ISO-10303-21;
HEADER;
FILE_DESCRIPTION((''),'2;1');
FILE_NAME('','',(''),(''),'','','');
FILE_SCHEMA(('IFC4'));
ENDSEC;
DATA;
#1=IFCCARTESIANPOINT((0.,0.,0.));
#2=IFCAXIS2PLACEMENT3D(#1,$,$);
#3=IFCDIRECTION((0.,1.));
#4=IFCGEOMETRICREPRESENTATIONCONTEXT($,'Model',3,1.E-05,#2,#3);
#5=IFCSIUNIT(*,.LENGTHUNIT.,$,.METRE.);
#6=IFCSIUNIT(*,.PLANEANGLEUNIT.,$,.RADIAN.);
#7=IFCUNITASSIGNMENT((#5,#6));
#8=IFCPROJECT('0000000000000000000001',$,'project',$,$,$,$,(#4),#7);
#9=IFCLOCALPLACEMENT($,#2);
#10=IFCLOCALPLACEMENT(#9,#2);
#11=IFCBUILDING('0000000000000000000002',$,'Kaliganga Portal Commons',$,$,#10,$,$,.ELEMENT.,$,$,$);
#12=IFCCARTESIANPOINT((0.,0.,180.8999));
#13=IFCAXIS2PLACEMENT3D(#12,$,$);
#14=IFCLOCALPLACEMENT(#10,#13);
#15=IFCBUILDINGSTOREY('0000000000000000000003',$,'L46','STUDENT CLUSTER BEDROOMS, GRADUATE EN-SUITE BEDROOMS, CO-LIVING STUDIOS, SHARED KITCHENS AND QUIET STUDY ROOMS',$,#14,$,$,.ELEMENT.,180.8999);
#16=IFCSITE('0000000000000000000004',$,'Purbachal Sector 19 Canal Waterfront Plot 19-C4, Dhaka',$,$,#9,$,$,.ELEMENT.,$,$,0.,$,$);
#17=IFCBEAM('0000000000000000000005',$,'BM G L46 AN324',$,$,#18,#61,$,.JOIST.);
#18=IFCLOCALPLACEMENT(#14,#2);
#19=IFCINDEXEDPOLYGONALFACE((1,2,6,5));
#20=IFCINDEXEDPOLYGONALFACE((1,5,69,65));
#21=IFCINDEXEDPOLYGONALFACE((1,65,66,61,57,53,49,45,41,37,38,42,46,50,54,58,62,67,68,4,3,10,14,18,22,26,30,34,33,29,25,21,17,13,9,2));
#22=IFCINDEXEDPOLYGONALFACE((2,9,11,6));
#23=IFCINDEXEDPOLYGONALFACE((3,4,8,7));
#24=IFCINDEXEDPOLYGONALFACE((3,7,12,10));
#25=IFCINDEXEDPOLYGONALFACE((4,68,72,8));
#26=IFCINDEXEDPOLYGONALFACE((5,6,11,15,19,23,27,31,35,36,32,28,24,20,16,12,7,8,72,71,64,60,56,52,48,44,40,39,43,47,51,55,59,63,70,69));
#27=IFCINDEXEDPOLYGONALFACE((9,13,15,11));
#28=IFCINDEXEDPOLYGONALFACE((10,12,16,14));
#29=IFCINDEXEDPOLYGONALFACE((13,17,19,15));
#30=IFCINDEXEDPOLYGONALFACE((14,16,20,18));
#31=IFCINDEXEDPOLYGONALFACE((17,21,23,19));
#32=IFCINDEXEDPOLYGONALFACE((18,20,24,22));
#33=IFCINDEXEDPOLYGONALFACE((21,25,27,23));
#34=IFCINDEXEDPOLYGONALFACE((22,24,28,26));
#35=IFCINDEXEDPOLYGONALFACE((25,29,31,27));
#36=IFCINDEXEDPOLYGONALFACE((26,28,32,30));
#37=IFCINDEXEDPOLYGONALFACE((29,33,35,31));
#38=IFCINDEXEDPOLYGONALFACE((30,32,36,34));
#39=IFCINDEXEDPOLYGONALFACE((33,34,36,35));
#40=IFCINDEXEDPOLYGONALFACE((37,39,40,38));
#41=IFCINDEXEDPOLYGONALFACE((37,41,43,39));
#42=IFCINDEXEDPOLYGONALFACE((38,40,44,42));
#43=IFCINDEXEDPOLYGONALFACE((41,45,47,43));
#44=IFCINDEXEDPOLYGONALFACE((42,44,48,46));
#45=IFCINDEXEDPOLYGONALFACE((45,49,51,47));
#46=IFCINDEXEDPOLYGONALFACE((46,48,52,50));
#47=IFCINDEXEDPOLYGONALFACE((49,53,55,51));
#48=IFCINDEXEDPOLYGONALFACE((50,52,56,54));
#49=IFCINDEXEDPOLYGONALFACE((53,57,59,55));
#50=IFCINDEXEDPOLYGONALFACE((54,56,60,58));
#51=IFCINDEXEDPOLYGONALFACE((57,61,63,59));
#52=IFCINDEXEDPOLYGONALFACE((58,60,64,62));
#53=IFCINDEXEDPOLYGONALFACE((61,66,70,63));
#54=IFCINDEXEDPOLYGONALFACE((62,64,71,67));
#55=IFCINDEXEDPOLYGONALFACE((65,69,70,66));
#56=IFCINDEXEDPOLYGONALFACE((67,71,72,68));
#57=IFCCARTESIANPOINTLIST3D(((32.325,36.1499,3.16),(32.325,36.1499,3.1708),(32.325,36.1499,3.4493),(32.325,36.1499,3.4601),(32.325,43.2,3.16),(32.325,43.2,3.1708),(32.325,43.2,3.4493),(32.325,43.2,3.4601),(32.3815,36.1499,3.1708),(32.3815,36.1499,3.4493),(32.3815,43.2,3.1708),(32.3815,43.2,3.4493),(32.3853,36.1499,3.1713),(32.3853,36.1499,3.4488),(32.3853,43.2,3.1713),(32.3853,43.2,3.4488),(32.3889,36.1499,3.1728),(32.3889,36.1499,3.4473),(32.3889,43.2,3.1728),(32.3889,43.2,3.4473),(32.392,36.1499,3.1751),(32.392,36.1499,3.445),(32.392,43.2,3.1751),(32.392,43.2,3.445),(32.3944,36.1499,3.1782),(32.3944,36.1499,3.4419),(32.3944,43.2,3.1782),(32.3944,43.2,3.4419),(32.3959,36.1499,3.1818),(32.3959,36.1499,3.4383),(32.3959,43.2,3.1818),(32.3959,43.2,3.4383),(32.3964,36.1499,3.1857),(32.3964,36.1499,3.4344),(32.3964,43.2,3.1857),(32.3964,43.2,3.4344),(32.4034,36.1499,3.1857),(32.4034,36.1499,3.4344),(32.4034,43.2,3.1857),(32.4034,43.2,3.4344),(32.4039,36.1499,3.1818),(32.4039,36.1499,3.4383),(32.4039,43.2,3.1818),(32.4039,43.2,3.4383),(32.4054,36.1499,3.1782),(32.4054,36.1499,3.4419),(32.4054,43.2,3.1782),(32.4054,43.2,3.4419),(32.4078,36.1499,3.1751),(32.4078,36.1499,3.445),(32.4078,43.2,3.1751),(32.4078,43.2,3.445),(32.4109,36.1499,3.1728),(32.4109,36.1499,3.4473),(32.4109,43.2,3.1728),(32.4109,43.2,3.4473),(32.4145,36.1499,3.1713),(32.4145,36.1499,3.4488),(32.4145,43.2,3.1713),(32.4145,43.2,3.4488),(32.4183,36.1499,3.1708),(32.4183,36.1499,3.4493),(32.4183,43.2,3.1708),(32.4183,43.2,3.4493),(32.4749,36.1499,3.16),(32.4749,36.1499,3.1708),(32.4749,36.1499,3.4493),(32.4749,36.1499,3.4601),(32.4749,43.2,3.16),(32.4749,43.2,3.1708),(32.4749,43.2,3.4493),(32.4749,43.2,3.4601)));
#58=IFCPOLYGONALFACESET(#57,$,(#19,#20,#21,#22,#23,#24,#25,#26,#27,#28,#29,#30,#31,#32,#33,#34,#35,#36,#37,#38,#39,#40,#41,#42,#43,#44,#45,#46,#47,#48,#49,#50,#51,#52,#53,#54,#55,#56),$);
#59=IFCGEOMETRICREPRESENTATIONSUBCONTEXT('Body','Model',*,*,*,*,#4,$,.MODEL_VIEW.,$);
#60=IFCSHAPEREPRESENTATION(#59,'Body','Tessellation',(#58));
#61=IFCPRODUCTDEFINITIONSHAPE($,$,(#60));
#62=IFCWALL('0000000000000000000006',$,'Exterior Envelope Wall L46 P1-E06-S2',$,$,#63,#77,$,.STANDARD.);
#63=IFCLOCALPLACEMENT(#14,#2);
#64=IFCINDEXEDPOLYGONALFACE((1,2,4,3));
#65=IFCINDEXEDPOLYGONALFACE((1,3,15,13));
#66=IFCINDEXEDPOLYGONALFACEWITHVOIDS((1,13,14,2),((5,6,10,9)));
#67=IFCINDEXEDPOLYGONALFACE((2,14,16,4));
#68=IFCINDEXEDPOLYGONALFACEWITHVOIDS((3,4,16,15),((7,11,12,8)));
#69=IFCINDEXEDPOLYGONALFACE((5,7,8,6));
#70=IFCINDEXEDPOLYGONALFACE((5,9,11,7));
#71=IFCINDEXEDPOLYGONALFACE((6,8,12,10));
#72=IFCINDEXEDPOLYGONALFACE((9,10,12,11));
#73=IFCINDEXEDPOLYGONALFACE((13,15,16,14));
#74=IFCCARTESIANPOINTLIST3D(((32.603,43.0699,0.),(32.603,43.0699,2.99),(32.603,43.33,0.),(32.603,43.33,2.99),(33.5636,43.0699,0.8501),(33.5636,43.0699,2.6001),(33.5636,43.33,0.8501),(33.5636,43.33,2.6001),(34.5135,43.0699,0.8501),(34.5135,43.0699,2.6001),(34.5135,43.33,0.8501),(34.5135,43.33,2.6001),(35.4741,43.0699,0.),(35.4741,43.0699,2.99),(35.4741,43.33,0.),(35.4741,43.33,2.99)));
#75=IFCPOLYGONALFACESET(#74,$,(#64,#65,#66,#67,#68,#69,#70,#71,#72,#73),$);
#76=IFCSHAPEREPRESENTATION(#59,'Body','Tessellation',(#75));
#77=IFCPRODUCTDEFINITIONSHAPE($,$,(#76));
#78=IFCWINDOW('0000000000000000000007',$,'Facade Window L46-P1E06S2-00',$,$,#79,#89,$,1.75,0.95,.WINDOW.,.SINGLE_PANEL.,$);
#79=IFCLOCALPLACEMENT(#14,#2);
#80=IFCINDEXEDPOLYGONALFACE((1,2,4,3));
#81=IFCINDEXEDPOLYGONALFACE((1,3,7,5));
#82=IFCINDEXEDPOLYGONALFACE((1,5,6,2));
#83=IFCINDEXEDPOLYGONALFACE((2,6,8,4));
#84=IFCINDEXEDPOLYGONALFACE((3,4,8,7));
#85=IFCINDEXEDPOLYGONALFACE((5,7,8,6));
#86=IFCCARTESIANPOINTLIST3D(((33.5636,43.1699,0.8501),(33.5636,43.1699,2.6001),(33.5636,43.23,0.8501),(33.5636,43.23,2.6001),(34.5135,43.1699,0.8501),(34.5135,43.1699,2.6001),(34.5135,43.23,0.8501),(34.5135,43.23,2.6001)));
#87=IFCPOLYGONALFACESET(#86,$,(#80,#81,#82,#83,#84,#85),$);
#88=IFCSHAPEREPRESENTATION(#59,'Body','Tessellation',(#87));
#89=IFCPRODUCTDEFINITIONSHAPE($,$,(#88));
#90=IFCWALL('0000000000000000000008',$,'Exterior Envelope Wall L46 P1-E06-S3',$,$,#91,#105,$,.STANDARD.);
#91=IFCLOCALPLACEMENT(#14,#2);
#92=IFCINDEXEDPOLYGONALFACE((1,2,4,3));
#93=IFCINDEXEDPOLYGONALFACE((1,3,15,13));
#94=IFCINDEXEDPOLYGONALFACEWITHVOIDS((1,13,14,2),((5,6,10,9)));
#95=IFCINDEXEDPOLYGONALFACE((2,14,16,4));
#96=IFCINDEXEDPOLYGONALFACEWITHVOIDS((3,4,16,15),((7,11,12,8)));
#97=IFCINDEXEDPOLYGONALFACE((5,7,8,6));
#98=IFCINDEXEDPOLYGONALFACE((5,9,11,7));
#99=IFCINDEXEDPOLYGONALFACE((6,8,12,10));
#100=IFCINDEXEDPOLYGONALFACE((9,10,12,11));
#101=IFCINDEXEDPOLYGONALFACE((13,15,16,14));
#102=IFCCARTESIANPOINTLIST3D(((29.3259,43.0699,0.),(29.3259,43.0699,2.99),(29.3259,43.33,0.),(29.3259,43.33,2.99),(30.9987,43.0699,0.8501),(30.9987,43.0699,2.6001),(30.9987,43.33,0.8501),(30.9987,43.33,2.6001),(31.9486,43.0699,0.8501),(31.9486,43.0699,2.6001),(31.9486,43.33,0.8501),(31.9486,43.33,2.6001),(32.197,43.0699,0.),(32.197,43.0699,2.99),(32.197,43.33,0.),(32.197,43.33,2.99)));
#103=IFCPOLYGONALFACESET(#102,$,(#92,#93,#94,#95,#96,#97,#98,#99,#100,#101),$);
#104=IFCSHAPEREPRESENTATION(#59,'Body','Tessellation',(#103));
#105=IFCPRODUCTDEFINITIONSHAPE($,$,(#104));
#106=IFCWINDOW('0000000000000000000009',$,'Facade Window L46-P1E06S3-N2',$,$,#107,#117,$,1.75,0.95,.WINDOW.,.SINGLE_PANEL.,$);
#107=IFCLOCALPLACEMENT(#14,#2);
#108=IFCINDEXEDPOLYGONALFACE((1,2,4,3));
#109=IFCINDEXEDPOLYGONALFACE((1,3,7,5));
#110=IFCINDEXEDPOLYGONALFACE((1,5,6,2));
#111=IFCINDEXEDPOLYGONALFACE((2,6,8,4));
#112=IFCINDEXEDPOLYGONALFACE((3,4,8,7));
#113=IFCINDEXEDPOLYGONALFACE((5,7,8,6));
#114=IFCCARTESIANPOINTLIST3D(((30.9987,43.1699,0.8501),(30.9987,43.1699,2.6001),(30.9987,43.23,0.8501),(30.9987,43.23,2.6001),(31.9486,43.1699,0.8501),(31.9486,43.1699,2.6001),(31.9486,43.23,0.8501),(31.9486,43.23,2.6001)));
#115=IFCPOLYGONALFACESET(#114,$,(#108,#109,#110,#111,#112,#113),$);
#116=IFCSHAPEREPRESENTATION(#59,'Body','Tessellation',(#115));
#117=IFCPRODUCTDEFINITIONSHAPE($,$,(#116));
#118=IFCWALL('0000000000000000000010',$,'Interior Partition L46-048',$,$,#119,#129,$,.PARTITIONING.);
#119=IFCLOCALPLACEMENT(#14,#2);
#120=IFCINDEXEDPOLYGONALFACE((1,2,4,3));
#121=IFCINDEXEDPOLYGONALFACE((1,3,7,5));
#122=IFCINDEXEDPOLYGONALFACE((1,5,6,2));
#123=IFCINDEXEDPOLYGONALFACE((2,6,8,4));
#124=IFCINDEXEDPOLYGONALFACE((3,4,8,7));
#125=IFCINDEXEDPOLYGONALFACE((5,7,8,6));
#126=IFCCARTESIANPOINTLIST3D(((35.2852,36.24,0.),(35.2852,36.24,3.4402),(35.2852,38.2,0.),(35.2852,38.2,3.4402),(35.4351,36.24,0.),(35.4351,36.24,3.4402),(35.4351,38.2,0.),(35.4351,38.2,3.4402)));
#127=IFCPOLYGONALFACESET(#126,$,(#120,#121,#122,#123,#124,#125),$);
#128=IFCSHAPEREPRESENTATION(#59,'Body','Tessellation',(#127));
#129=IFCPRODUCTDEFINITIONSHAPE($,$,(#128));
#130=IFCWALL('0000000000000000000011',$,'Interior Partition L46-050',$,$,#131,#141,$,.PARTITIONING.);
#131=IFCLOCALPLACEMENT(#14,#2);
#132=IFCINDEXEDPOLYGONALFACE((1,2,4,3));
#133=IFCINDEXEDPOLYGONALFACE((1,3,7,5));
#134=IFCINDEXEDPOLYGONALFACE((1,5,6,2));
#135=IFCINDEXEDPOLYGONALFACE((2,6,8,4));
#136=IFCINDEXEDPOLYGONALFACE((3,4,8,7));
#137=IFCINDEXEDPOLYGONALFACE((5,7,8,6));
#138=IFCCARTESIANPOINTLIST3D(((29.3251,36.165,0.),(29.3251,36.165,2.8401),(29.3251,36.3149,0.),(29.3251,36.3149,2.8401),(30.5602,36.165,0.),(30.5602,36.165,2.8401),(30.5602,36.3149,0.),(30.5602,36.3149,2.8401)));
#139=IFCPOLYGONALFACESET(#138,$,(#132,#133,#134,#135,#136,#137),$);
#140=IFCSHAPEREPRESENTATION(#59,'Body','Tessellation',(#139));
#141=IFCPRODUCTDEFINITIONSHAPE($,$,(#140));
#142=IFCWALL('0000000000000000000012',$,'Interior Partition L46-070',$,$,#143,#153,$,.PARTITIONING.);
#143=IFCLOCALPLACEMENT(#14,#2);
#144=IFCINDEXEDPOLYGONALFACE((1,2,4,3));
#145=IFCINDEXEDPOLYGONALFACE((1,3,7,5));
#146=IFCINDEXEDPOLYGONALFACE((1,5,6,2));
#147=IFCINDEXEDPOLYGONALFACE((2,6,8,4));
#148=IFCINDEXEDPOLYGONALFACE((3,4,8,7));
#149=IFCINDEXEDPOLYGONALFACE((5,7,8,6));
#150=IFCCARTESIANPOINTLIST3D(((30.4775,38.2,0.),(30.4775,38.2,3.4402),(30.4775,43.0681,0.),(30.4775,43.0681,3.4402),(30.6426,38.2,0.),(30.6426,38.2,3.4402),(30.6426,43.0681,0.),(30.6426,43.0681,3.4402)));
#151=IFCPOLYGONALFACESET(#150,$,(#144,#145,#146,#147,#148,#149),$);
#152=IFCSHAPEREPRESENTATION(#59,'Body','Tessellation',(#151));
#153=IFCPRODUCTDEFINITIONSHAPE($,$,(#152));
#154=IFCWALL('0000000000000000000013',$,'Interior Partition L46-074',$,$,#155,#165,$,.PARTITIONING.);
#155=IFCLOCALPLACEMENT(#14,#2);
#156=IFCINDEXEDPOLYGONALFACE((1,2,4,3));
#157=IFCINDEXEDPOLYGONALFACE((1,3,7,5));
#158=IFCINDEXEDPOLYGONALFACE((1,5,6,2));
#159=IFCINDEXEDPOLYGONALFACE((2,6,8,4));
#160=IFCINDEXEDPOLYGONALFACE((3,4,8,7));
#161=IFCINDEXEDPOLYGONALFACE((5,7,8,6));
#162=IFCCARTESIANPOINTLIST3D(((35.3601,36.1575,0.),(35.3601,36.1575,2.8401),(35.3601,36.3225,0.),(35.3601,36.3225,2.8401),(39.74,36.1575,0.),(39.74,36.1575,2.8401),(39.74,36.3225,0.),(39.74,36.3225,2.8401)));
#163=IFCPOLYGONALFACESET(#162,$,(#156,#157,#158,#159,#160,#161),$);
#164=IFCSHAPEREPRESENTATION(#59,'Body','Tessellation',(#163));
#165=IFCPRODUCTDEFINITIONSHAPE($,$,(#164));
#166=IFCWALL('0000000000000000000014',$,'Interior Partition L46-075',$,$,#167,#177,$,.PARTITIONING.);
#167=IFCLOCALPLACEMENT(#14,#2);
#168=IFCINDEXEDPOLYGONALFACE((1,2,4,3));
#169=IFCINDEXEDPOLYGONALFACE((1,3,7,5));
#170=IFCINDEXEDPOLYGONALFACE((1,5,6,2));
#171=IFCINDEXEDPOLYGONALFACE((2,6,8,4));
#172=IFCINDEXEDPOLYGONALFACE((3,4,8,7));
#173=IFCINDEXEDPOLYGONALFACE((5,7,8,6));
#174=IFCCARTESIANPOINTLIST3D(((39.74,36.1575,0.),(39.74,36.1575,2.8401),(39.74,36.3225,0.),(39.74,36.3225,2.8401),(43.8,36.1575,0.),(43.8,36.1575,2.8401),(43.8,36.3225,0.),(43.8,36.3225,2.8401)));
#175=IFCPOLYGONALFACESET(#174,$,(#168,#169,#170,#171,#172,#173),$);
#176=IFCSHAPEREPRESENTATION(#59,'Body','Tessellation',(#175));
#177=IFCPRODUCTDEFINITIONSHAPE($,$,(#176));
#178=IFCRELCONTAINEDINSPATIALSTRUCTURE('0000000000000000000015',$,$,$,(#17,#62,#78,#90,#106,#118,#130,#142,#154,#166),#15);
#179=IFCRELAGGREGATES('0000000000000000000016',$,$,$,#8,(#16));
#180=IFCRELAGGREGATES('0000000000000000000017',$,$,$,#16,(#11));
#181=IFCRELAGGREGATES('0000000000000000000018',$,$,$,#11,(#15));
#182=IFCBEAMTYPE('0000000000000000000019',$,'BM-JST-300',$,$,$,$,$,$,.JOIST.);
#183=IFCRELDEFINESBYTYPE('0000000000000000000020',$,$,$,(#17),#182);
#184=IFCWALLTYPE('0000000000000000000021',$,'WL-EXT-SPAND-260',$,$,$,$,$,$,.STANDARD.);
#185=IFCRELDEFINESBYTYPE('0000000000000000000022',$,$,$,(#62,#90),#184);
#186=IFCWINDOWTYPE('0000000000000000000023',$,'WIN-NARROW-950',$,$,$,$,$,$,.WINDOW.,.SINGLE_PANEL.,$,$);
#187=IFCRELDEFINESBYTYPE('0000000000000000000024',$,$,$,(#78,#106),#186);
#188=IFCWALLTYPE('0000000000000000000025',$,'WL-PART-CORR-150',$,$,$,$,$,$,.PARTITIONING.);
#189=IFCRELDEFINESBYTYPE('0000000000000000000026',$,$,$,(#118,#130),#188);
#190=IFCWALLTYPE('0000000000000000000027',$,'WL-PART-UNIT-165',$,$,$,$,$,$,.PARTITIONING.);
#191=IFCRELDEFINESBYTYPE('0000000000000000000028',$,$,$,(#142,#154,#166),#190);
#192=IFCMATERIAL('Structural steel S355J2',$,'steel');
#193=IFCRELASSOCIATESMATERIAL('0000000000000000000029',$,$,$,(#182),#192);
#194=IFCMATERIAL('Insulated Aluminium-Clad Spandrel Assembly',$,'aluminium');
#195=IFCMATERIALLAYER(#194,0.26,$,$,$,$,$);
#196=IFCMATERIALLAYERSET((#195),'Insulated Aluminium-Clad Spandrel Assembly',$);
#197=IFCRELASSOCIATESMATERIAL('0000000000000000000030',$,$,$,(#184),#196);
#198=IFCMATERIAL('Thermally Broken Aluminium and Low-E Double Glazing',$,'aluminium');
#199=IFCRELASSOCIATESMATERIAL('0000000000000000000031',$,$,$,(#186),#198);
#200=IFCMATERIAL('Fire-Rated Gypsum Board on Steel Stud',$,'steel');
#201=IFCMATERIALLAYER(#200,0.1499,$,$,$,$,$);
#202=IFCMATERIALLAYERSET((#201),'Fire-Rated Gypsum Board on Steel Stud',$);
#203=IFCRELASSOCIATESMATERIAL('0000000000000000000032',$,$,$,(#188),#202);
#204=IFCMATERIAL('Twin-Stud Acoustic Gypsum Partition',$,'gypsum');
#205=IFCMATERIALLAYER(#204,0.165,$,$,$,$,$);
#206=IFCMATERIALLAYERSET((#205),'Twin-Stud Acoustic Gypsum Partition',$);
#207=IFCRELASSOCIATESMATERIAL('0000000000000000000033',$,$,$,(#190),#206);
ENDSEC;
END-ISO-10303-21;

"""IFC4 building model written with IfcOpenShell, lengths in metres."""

from ifc_helpers import new_model, si_unit, direction, frame, frame_2d, origin, origin_2d, place, context, subcontext, project, spatial, rectangle, i_section, extrude, source, transform, mapped, material, layer, layer_set, material_profile, profile_set, type_object, element, fill, save


model = new_model("IFC4")

# Units and contexts
model_context = context("Model", 3, precision=1e-05, world=origin(), true_north=direction((0.0, 1.0)))
body_context = subcontext(model_context, "Body", "Model", "MODEL_VIEW")
ifc_project = project(units=[si_unit("LENGTHUNIT", "METRE"), si_unit("PLANEANGLEUNIT", "RADIAN")], contexts=[model_context])

# Site, building, storey
site_placement = place(None, origin())
site = spatial("IfcSite", under=ifc_project, at=site_placement, Name="Purbachal Sector 19 Canal Waterfront Plot 19-C4, Dhaka", CompositionType="ELEMENT", RefElevation=0.0)
building_placement = place(site_placement, origin())
building = spatial("IfcBuilding", under=site, at=building_placement, Name="Kaliganga Portal Commons", CompositionType="ELEMENT")
storey_placement = place(building_placement, frame((0.0, 0.0, 180.8999)))
storey = spatial("IfcBuildingStorey", under=building, at=storey_placement, Name="L46", Description="STUDENT CLUSTER BEDROOMS, GRADUATE EN-SUITE BEDROOMS, CO-LIVING STUDIOS, SHARED KITCHENS AND QUIET STUDY ROOMS", CompositionType="ELEMENT", Elevation=180.8999)

# Beam
ifc_material_1 = material(Name="Structural steel S355J2", Category="steel")
ifc_material_profile_1 = material_profile(ifc_material_1, i_section(OverallWidth=0.1499, OverallDepth=0.3, WebThickness=0.0071, FlangeThickness=0.0107, FilletRadius=0.0149, at=origin_2d()), Name="IPE 300")
ifc_profile_set_1 = profile_set([ifc_material_profile_1], Name="Structural steel S355J2 wide-flange")
beam_type_1 = type_object("IfcBeamType", Name="BM-JST-300", PredefinedType="JOIST", material=ifc_profile_set_1)
shared_shape_1 = source(origin(), body_context, "Body", "SweptSolid", [
    extrude(i_section(OverallWidth=0.1499, OverallDepth=0.3, WebThickness=0.0071, FlangeThickness=0.0107, FilletRadius=0.0149, at=origin_2d()), origin(), (0.0, 0.0, 1.0), 7.05),
])
beam_1_placement = place(storey_placement, frame((32.3999, 36.1499, 3.3101), z_axis=(0.0, 1.0, 0.0), x_axis=(-1.0, 0.0, 0.0)))
element("IfcBeam", 1, at=beam_1_placement, inside=storey, type_object=beam_type_1, Name="BM G L46 AN324", PredefinedType="JOIST", context=body_context, shape_type="MappedRepresentation", body=[
    mapped(shared_shape_1, transform((0.0, 0.0, 0.0), x_axis=(1.0, 0.0, 0.0), y_axis=(0.0, 1.0, 0.0), z_axis=(0.0, 0.0, 1.0), scale=1.0)),
])

# Shared definitions
ifc_material_2 = material(Name="Insulated Aluminium-Clad Spandrel Assembly", Category="aluminium")
ifc_layer_1 = layer(ifc_material_2, 0.26)
ifc_layer_set_1 = layer_set([ifc_layer_1], Name="Insulated Aluminium-Clad Spandrel Assembly")
wall_type_1 = type_object("IfcWallType", Name="WL-EXT-SPAND-260", PredefinedType="STANDARD", material=ifc_layer_set_1)
ifc_material_3 = material(Name="Thermally Broken Aluminium and Low-E Double Glazing", Category="aluminium")

# Walls, openings, windows
wall_1_placement = place(storey_placement, frame((32.603, 43.2, 0.0), z_axis=(0.0, 0.0, 1.0), x_axis=(1.0, 0.0, 0.0)))
wall_1 = element("IfcWall", 2, at=wall_1_placement, inside=storey, type_object=wall_type_1, Name="Exterior Envelope Wall L46 P1-E06-S2", PredefinedType="STANDARD", context=body_context, shape_type="SweptSolid", body=[
    extrude(rectangle(XDim=2.8711, YDim=0.26, at=frame_2d((1.4355, 0.0))), origin(), (0.0, 0.0, 1.0), 2.99),
])
opening_1_placement = place(wall_1_placement, frame((0.9604, 0.0, 0.8501)))
opening_1 = element("IfcOpeningElement", 3, at=opening_1_placement, cuts=wall_1, PredefinedType="OPENING", context=body_context, shape_type="SweptSolid", body=[
    extrude(rectangle(XDim=0.95, YDim=1.75, at=frame_2d((0.4751, 0.875))), frame((0.0, 0.1401, 0.0), z_axis=(0.0, -1.0, 0.0), x_axis=(1.0, 0.0, 0.0)), (0.0, 0.0, 1.0), 0.28),
])
window_type_1 = type_object("IfcWindowType", Name="WIN-NARROW-950", PartitioningType="SINGLE_PANEL", PredefinedType="WINDOW", material=ifc_material_3)
window_1_placement = place(opening_1_placement, origin())
window_1 = element("IfcWindow", 4, at=window_1_placement, inside=storey, type_object=window_type_1, Name="Facade Window L46-P1E06S2-00", OverallHeight=1.75, OverallWidth=0.95, PartitioningType="SINGLE_PANEL", PredefinedType="WINDOW", context=body_context, shape_type="SweptSolid", body=[
    extrude(rectangle(XDim=0.95, YDim=1.75, at=frame_2d((0.4751, 0.875))), frame((0.0, 0.03, 0.0), z_axis=(0.0, -1.0, 0.0), x_axis=(1.0, 0.0, 0.0)), (0.0, 0.0, 1.0), 0.0601),
])
fill(opening_1, window_1)
wall_2_placement = place(storey_placement, frame((29.3259, 43.2, 0.0), z_axis=(0.0, 0.0, 1.0), x_axis=(1.0, 0.0, 0.0)))
wall_2 = element("IfcWall", 5, at=wall_2_placement, inside=storey, type_object=wall_type_1, Name="Exterior Envelope Wall L46 P1-E06-S3", PredefinedType="STANDARD", context=body_context, shape_type="SweptSolid", body=[
    extrude(rectangle(XDim=2.8711, YDim=0.26, at=frame_2d((1.4355, 0.0))), origin(), (0.0, 0.0, 1.0), 2.99),
])
opening_2_placement = place(wall_2_placement, frame((1.6726, 0.0, 0.8501)))
opening_2 = element("IfcOpeningElement", 6, at=opening_2_placement, cuts=wall_2, PredefinedType="OPENING", context=body_context, shape_type="SweptSolid", body=[
    extrude(rectangle(XDim=0.95, YDim=1.75, at=frame_2d((0.4751, 0.875))), frame((0.0, 0.1401, 0.0), z_axis=(0.0, -1.0, 0.0), x_axis=(1.0, 0.0, 0.0)), (0.0, 0.0, 1.0), 0.28),
])
window_2_placement = place(opening_2_placement, origin())
window_2 = element("IfcWindow", 7, at=window_2_placement, inside=storey, type_object=window_type_1, Name="Facade Window L46-P1E06S3-N2", OverallHeight=1.75, OverallWidth=0.95, PartitioningType="SINGLE_PANEL", PredefinedType="WINDOW", context=body_context, shape_type="SweptSolid", body=[
    extrude(rectangle(XDim=0.95, YDim=1.75, at=frame_2d((0.4751, 0.875))), frame((0.0, 0.03, 0.0), z_axis=(0.0, -1.0, 0.0), x_axis=(1.0, 0.0, 0.0)), (0.0, 0.0, 1.0), 0.0601),
])
fill(opening_2, window_2)

# Shared definitions
ifc_material_4 = material(Name="Fire-Rated Gypsum Board on Steel Stud", Category="steel")
ifc_layer_2 = layer(ifc_material_4, 0.1499)
ifc_layer_set_2 = layer_set([ifc_layer_2], Name="Fire-Rated Gypsum Board on Steel Stud")
wall_type_2 = type_object("IfcWallType", Name="WL-PART-CORR-150", PredefinedType="PARTITIONING", material=ifc_layer_set_2)

# Walls
wall_3_placement = place(storey_placement, frame((35.3601, 36.24, 0.0), z_axis=(0.0, 0.0, 1.0), x_axis=(0.0, 1.0, 0.0)))
element("IfcWall", 8, at=wall_3_placement, inside=storey, type_object=wall_type_2, Name="Interior Partition L46-048", PredefinedType="PARTITIONING", context=body_context, shape_type="SweptSolid", body=[
    extrude(rectangle(XDim=1.96, YDim=0.1499, at=frame_2d((0.98, 0.0))), origin(), (0.0, 0.0, 1.0), 3.4402),
])
wall_4_placement = place(storey_placement, frame((29.325, 36.24, 0.0), z_axis=(0.0, 0.0, 1.0), x_axis=(1.0, 0.0, 0.0)))
element("IfcWall", 9, at=wall_4_placement, inside=storey, type_object=wall_type_2, Name="Interior Partition L46-050", PredefinedType="PARTITIONING", context=body_context, shape_type="SweptSolid", body=[
    extrude(rectangle(XDim=1.2351, YDim=0.1499, at=frame_2d((0.6177, 0.0))), origin(), (0.0, 0.0, 1.0), 2.8401),
])
ifc_material_5 = material(Name="Twin-Stud Acoustic Gypsum Partition", Category="gypsum")
ifc_layer_3 = layer(ifc_material_5, 0.165)
ifc_layer_set_3 = layer_set([ifc_layer_3], Name="Twin-Stud Acoustic Gypsum Partition")
wall_type_3 = type_object("IfcWallType", Name="WL-PART-UNIT-165", PredefinedType="PARTITIONING", material=ifc_layer_set_3)
wall_5_placement = place(storey_placement, frame((30.5601, 38.2, 0.0), z_axis=(0.0, 0.0, 1.0), x_axis=(0.0, 1.0, 0.0)))
element("IfcWall", 10, at=wall_5_placement, inside=storey, type_object=wall_type_3, Name="Interior Partition L46-070", PredefinedType="PARTITIONING", context=body_context, shape_type="SweptSolid", body=[
    extrude(rectangle(XDim=4.8682, YDim=0.165, at=frame_2d((2.4341, 0.0))), origin(), (0.0, 0.0, 1.0), 3.4402),
])
wall_6_placement = place(storey_placement, frame((35.3601, 36.24, 0.0), z_axis=(0.0, 0.0, 1.0), x_axis=(1.0, 0.0, 0.0)))
element("IfcWall", 11, at=wall_6_placement, inside=storey, type_object=wall_type_3, Name="Interior Partition L46-074", PredefinedType="PARTITIONING", context=body_context, shape_type="SweptSolid", body=[
    extrude(rectangle(XDim=4.3799, YDim=0.165, at=frame_2d((2.1899, 0.0))), origin(), (0.0, 0.0, 1.0), 2.8401),
])
wall_7_placement = place(storey_placement, frame((39.74, 36.24, 0.0), z_axis=(0.0, 0.0, 1.0), x_axis=(1.0, 0.0, 0.0)))
element("IfcWall", 12, at=wall_7_placement, inside=storey, type_object=wall_type_3, Name="Interior Partition L46-075", PredefinedType="PARTITIONING", context=body_context, shape_type="SweptSolid", body=[
    extrude(rectangle(XDim=4.0601, YDim=0.165, at=frame_2d((2.03, 0.0))), origin(), (0.0, 0.0, 1.0), 2.8401),
])

save(model, "model.ifc")
